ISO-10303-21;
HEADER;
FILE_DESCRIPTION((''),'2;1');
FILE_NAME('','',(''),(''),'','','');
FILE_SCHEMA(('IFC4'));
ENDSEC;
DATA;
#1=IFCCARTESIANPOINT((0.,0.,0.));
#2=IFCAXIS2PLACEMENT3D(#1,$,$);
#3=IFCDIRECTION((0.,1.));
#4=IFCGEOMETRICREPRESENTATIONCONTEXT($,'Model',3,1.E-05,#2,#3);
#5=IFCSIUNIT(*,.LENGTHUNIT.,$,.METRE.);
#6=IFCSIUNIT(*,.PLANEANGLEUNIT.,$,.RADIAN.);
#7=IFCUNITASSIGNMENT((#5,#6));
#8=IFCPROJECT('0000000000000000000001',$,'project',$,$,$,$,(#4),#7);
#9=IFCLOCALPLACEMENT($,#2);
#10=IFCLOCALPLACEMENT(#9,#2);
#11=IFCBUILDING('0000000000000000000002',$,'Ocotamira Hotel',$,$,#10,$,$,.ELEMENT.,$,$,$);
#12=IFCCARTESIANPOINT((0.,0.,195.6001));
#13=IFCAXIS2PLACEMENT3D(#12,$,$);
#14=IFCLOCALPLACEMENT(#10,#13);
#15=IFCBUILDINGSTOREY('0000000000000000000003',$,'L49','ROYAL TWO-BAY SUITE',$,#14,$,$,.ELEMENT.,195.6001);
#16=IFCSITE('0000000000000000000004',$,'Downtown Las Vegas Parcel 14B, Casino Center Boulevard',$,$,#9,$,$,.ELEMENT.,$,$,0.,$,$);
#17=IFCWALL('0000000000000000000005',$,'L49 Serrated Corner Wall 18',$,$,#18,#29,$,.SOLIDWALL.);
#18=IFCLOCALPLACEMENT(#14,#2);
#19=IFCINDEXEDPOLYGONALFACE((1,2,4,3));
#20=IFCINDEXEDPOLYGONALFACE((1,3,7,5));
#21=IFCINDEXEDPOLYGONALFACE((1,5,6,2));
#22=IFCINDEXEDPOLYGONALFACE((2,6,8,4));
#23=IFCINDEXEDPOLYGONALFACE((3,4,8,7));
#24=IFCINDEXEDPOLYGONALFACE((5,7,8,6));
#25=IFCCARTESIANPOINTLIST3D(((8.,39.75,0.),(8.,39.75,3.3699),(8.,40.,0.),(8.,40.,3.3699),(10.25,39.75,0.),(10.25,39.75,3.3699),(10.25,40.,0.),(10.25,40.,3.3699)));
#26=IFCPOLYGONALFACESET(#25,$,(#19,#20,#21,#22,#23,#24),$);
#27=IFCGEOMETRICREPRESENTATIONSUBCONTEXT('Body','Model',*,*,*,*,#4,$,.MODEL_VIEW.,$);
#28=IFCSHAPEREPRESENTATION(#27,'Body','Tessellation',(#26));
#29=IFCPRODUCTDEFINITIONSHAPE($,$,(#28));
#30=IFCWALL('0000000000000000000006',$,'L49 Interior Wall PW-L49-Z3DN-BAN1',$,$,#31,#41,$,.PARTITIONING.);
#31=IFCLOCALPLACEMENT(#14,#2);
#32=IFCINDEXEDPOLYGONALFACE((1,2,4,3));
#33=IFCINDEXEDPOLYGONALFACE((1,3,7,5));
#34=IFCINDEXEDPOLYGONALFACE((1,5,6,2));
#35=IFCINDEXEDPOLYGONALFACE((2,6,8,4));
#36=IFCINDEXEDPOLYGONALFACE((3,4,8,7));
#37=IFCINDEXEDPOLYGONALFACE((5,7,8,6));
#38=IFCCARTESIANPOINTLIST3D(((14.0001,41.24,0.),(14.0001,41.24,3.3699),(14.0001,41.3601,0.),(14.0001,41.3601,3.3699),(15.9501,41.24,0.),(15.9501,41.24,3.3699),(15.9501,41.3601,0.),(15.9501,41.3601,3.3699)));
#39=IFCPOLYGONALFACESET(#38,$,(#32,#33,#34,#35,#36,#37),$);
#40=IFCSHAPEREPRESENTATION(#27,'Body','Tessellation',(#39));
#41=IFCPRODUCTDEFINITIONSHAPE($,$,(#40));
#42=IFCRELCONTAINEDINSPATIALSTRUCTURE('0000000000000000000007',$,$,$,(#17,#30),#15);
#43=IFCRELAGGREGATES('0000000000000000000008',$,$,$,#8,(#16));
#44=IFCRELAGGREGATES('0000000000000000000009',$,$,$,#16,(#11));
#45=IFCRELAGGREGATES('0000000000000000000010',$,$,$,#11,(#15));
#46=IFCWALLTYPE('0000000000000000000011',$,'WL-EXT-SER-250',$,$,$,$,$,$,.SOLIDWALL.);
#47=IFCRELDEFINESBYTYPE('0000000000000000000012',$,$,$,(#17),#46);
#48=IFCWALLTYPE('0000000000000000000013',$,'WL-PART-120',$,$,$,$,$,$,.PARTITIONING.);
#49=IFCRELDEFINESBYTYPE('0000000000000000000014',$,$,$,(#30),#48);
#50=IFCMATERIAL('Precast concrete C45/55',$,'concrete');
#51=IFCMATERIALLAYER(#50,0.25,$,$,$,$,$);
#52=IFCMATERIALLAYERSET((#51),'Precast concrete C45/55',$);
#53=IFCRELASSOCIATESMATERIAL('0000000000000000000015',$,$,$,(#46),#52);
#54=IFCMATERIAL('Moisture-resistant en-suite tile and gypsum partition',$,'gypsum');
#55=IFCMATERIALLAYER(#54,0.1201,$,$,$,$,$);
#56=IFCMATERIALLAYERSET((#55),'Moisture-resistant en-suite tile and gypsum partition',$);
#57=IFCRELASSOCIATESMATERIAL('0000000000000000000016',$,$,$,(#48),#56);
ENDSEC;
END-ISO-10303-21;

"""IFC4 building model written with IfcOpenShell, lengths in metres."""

from ifc_helpers import new_model, si_unit, direction, frame, frame_2d, origin, place, context, subcontext, project, spatial, rectangle, extrude, material, layer, layer_set, type_object, element, save


model = new_model("IFC4")

# Units and contexts
model_context = context("Model", 3, precision=1e-05, world=origin(), true_north=direction((0.0, 1.0)))
body_context = subcontext(model_context, "Body", "Model", "MODEL_VIEW")
ifc_project = project(units=[si_unit("LENGTHUNIT", "METRE"), si_unit("PLANEANGLEUNIT", "RADIAN")], contexts=[model_context])

# Site, building, storey
site_placement = place(None, origin())
site = spatial("IfcSite", under=ifc_project, at=site_placement, Name="Downtown Las Vegas Parcel 14B, Casino Center Boulevard", CompositionType="ELEMENT", RefElevation=0.0)
building_placement = place(site_placement, origin())
building = spatial("IfcBuilding", under=site, at=building_placement, Name="Ocotamira Hotel", CompositionType="ELEMENT")
storey_placement = place(building_placement, frame((0.0, 0.0, 195.6001)))
storey = spatial("IfcBuildingStorey", under=building, at=storey_placement, Name="L49", Description="ROYAL TWO-BAY SUITE", CompositionType="ELEMENT", Elevation=195.6001)

# Shared definitions
ifc_material_1 = material(Name="Precast concrete C45/55", Category="concrete")
ifc_layer_1 = layer(ifc_material_1, 0.25)
ifc_layer_set_1 = layer_set([ifc_layer_1], Name="Precast concrete C45/55")
wall_type_1 = type_object("IfcWallType", Name="WL-EXT-SER-250", PredefinedType="SOLIDWALL", material=ifc_layer_set_1)

# Walls
wall_1_placement = place(storey_placement, frame((10.25, 39.875, 0.0), z_axis=(0.0, 0.0, 1.0), x_axis=(-1.0, 0.0, 0.0)))
element("IfcWall", 1, at=wall_1_placement, inside=storey, type_object=wall_type_1, Name="L49 Serrated Corner Wall 18", PredefinedType="SOLIDWALL", context=body_context, shape_type="SweptSolid", body=[
    extrude(rectangle(XDim=2.25, YDim=0.25, at=frame_2d((1.125, 0.0))), origin(), (0.0, 0.0, 1.0), 3.3699),
])
ifc_material_2 = material(Name="Moisture-resistant en-suite tile and gypsum partition", Category="gypsum")
ifc_layer_2 = layer(ifc_material_2, 0.1201)
ifc_layer_set_2 = layer_set([ifc_layer_2], Name="Moisture-resistant en-suite tile and gypsum partition")
wall_type_2 = type_object("IfcWallType", Name="WL-PART-120", PredefinedType="PARTITIONING", material=ifc_layer_set_2)
wall_2_placement = place(storey_placement, frame((14.0, 41.3, 0.0), z_axis=(0.0, 0.0, 1.0), x_axis=(1.0, 0.0, 0.0)))
element("IfcWall", 2, at=wall_2_placement, inside=storey, type_object=wall_type_2, Name="L49 Interior Wall PW-L49-Z3DN-BAN1", PredefinedType="PARTITIONING", context=body_context, shape_type="SweptSolid", body=[
    extrude(rectangle(XDim=1.95, YDim=0.1201, at=frame_2d((0.9751, 0.0))), origin(), (0.0, 0.0, 1.0), 3.3699),
])

save(model, "model.ifc")
